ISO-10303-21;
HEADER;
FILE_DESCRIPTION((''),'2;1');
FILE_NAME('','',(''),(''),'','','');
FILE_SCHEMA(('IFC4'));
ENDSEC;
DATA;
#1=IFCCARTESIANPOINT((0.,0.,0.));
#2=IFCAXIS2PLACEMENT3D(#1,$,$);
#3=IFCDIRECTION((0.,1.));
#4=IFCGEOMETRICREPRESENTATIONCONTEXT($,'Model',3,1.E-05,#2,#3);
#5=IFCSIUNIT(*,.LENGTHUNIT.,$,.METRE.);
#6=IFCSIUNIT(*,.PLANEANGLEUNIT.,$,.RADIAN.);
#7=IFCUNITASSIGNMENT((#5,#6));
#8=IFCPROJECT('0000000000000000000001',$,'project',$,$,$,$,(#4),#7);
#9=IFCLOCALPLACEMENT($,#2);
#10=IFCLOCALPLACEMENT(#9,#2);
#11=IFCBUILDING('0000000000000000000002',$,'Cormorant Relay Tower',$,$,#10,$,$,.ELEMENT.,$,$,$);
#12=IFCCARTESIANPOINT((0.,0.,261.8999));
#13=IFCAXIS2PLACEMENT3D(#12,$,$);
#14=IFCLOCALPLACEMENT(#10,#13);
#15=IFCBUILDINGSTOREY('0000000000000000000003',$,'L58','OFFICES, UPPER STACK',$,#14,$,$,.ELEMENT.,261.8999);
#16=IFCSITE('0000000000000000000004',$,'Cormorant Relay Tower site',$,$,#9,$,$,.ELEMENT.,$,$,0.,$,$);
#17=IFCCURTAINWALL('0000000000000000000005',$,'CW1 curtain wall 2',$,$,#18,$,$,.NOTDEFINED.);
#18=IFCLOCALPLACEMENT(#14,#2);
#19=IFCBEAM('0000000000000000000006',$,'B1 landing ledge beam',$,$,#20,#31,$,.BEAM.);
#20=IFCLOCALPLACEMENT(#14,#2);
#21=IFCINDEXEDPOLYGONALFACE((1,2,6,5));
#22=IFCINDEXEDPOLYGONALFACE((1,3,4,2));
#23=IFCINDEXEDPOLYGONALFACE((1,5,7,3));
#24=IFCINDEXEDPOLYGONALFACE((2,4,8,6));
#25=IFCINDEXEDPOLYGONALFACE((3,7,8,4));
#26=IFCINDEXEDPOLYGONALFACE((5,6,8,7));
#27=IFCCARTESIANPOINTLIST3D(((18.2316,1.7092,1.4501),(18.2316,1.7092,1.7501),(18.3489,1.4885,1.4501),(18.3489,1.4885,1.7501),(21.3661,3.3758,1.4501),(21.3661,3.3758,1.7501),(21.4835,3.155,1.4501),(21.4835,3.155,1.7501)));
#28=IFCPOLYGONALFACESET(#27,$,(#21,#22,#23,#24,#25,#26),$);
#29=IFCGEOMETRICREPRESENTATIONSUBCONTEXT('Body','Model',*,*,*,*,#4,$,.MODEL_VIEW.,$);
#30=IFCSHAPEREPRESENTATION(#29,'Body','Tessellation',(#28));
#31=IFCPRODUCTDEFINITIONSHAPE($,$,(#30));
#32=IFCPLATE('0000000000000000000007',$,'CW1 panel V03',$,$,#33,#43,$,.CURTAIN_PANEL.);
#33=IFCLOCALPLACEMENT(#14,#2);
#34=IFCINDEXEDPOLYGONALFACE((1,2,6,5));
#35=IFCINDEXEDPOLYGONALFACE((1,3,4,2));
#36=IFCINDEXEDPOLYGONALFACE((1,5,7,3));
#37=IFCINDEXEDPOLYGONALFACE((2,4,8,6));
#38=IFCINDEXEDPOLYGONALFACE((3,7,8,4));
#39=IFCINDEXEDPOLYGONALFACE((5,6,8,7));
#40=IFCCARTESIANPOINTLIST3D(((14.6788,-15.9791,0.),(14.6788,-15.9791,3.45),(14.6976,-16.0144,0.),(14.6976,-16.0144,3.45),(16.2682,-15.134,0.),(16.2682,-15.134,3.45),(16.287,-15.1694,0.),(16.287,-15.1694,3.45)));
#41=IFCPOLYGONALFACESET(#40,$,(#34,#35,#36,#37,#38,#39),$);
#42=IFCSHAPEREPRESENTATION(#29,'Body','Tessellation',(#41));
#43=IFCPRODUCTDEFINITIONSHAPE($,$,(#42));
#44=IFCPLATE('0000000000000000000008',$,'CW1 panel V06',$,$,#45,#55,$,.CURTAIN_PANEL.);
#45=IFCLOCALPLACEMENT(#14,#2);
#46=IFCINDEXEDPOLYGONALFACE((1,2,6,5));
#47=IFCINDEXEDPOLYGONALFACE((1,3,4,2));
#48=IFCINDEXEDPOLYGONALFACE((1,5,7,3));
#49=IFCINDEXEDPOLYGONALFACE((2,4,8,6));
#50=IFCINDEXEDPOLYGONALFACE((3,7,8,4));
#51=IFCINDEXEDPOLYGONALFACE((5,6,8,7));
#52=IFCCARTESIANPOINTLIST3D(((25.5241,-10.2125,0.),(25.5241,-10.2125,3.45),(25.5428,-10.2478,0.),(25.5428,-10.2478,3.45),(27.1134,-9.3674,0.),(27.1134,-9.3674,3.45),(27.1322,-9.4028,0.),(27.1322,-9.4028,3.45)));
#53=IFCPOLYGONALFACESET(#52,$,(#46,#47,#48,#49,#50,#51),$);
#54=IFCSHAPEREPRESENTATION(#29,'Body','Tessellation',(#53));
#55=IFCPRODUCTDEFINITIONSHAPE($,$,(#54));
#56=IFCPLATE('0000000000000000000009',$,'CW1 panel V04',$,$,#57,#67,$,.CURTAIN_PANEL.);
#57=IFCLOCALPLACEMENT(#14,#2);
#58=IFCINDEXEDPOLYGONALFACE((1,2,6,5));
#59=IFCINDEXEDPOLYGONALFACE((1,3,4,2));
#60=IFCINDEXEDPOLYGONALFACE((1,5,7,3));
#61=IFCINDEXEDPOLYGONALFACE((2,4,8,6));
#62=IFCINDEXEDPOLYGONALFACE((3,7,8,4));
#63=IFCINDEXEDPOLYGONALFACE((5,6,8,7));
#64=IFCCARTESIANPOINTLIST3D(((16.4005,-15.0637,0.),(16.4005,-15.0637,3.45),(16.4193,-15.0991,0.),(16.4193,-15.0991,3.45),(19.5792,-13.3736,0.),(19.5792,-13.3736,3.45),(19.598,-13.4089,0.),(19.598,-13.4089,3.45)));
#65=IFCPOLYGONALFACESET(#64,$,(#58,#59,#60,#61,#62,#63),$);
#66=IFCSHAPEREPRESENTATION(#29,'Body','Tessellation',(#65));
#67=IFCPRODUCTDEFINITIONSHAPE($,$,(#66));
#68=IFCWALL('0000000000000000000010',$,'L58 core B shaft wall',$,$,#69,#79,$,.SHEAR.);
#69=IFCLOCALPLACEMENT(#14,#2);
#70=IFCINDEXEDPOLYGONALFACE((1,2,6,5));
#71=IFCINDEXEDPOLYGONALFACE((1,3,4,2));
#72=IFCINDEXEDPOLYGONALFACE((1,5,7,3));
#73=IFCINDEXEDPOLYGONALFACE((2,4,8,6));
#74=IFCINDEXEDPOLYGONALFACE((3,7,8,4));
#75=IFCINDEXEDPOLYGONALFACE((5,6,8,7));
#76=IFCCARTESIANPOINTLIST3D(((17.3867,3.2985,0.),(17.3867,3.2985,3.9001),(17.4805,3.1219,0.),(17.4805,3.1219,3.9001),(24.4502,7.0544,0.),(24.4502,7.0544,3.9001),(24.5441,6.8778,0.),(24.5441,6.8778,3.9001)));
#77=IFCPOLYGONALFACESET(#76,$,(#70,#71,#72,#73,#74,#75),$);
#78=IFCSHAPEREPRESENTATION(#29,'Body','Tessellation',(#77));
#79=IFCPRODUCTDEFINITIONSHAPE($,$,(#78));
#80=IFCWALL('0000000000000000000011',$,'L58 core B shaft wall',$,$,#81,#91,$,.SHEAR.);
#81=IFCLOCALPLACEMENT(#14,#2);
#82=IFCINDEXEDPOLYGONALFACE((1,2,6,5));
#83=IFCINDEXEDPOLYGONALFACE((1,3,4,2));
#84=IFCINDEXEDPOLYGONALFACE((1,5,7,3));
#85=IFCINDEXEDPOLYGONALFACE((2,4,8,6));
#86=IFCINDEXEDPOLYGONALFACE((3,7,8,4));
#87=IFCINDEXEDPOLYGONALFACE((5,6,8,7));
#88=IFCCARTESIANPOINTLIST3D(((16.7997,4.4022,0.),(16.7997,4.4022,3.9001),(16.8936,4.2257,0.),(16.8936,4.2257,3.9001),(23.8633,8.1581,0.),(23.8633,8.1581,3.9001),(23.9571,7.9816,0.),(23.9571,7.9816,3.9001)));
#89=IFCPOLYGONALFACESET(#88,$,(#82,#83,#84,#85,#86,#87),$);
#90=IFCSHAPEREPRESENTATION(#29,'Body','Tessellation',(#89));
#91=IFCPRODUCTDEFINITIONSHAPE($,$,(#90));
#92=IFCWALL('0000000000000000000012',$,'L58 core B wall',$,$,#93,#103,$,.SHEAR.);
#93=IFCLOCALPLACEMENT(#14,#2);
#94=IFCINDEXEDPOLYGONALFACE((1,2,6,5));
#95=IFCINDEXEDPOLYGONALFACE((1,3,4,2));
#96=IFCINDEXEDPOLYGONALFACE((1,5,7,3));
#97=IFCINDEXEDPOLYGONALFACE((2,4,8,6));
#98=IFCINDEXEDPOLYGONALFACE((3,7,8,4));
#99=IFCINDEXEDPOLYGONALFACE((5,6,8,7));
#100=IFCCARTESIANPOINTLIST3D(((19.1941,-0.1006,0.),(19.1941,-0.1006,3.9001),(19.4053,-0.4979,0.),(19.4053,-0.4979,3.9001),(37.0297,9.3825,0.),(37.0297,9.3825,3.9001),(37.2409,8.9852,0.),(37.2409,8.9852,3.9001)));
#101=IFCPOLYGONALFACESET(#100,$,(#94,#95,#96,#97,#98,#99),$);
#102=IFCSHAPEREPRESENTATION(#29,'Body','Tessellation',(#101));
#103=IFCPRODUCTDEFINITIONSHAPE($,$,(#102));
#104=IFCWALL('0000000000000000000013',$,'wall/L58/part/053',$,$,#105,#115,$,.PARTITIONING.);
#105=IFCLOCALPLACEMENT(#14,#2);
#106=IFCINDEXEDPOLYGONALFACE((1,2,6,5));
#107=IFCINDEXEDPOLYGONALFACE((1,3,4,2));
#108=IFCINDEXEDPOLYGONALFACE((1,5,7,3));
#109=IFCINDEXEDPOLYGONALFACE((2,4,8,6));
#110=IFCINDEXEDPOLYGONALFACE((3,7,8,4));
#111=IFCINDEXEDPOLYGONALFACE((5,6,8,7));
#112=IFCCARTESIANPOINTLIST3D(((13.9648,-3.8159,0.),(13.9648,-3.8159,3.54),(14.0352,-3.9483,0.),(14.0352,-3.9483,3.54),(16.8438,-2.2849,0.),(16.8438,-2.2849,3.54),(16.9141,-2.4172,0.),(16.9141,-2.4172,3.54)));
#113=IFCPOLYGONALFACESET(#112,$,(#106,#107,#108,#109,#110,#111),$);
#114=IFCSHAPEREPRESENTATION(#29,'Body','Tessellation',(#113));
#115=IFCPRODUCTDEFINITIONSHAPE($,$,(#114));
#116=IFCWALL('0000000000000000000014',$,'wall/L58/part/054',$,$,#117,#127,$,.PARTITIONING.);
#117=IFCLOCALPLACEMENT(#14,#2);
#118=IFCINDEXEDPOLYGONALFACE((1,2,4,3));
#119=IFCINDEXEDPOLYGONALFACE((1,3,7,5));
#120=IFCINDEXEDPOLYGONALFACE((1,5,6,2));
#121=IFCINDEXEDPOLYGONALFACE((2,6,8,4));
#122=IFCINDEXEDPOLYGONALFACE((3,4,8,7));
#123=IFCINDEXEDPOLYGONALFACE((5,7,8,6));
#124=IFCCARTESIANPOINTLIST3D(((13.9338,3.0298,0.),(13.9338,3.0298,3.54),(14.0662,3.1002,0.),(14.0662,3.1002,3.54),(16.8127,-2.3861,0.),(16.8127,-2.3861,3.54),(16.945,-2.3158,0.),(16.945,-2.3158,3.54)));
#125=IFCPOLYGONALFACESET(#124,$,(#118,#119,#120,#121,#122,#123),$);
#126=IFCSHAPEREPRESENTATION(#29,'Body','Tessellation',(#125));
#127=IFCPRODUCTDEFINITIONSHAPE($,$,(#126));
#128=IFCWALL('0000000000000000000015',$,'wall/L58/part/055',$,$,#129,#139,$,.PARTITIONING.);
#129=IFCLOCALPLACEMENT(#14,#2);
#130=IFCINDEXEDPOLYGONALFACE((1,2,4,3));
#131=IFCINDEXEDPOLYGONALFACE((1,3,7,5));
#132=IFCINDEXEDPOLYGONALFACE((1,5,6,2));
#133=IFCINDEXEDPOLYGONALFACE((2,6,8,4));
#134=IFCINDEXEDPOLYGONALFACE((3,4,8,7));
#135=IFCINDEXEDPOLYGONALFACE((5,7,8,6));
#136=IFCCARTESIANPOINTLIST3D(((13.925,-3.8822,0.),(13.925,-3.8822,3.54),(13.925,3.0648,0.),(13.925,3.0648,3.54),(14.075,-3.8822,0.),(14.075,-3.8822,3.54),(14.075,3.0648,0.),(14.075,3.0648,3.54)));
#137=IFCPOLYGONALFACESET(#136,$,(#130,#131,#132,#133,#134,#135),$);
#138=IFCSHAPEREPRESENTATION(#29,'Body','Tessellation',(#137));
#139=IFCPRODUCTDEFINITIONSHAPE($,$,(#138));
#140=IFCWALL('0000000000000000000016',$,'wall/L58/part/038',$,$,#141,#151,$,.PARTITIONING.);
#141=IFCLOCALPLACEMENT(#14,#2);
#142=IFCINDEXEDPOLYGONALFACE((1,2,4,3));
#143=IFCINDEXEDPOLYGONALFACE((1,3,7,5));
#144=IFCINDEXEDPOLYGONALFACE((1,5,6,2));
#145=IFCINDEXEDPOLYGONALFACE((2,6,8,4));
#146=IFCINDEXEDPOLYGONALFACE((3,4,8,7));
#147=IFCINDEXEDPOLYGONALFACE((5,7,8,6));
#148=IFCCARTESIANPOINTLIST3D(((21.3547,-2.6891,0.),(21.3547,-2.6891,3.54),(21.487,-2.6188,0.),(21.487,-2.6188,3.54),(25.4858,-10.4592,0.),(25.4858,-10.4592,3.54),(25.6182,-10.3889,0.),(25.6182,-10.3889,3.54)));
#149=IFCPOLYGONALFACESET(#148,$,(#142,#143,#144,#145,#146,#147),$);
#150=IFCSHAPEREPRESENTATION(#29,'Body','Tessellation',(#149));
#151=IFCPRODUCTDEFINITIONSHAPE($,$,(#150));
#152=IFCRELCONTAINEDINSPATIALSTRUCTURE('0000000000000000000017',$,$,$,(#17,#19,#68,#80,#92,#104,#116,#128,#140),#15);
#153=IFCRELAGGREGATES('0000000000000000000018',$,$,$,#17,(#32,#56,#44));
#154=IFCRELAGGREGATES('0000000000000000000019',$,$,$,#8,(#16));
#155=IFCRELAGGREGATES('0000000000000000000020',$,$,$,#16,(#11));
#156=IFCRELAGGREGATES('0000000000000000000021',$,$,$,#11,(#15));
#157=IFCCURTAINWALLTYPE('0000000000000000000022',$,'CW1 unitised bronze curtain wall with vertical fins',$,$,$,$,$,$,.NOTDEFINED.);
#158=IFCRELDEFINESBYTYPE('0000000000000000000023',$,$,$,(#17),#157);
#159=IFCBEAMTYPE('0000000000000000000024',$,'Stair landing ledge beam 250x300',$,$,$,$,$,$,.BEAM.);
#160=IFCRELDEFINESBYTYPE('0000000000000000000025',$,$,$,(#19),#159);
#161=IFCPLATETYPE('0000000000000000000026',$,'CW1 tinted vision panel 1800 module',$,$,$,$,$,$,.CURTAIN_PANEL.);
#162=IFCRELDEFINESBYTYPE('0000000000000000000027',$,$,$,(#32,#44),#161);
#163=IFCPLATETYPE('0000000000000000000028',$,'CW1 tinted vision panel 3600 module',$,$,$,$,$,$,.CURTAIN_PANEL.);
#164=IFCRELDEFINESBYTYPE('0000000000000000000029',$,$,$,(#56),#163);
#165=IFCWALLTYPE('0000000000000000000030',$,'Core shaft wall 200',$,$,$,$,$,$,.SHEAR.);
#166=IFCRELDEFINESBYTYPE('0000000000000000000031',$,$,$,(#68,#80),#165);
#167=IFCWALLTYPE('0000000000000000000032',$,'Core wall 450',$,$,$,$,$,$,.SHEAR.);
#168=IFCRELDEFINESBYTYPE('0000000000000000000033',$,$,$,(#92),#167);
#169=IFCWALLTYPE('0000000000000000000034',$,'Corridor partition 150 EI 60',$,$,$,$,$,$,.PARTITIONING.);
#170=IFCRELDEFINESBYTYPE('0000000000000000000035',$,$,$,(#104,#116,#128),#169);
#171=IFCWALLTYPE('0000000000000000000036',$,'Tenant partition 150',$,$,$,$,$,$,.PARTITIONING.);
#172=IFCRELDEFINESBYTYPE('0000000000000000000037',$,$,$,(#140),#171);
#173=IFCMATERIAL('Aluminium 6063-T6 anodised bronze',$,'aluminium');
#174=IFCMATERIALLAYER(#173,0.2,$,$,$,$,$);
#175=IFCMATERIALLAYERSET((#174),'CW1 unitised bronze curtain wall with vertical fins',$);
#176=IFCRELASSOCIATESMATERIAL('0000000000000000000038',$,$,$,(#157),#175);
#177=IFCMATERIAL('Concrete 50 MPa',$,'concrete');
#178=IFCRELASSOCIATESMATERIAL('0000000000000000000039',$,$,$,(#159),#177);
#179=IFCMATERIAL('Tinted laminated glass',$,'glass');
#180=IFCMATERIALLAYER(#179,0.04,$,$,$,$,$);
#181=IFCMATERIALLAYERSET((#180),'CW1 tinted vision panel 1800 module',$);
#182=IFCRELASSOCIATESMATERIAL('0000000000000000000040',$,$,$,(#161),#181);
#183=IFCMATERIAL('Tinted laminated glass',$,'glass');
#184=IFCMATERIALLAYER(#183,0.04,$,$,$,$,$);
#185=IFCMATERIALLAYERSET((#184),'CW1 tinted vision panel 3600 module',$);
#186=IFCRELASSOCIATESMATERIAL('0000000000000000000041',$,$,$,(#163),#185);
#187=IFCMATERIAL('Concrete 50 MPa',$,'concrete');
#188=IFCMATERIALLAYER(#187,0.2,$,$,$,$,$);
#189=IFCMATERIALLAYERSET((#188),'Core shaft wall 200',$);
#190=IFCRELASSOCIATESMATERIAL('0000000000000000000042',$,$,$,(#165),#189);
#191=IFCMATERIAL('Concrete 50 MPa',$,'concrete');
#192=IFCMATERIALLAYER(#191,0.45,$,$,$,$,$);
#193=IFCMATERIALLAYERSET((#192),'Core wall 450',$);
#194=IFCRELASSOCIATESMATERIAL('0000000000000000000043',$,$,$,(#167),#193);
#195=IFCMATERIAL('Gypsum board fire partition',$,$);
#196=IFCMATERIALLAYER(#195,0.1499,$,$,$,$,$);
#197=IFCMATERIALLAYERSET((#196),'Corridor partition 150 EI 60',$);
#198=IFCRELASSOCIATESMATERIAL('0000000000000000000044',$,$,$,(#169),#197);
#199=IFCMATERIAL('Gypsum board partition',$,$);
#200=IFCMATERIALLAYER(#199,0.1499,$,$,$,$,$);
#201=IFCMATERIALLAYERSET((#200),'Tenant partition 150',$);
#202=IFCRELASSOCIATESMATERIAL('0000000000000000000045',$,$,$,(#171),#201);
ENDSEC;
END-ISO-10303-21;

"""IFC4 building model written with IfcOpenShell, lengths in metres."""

from ifc_helpers import new_model, si_unit, direction, frame, frame_2d, origin, origin_2d, place, context, subcontext, project, spatial, rectangle, extrude, material, layer, layer_set, material_profile, profile_set, type_object, element, aggregate, save


model = new_model("IFC4")

# Units and contexts
model_context = context("Model", 3, precision=1e-05, world=origin(), true_north=direction((0.0, 1.0)))
body_context = subcontext(model_context, "Body", "Model", "MODEL_VIEW")
ifc_project = project(units=[si_unit("LENGTHUNIT", "METRE"), si_unit("PLANEANGLEUNIT", "RADIAN")], contexts=[model_context])

# Site, building, storey
site_placement = place(None, origin())
site = spatial("IfcSite", under=ifc_project, at=site_placement, Name="Cormorant Relay Tower site", CompositionType="ELEMENT", RefElevation=0.0)
building_placement = place(site_placement, origin())
building = spatial("IfcBuilding", under=site, at=building_placement, Name="Cormorant Relay Tower", CompositionType="ELEMENT")
storey_placement = place(building_placement, frame((0.0, 0.0, 261.8999)))
storey = spatial("IfcBuildingStorey", under=building, at=storey_placement, Name="L58", Description="OFFICES, UPPER STACK", CompositionType="ELEMENT", Elevation=261.8999)

# Curtain wall
ifc_material_1 = material(Name="Aluminium 6063-T6 anodised bronze", Category="aluminium")
ifc_layer_1 = layer(ifc_material_1, 0.2)
ifc_layer_set_1 = layer_set([ifc_layer_1], Name="CW1 unitised bronze curtain wall with vertical fins")
curtain_wall_type = type_object("IfcCurtainWallType", Name="CW1 unitised bronze curtain wall with vertical fins", PredefinedType="NOTDEFINED", material=ifc_layer_set_1)
curtain_wall_placement = place(storey_placement, origin())
curtain_wall = element("IfcCurtainWall", 1, at=curtain_wall_placement, inside=storey, type_object=curtain_wall_type, Name="CW1 curtain wall 2", PredefinedType="NOTDEFINED")

# Beam
ifc_material_2 = material(Name="Concrete 50 MPa", Category="concrete")
ifc_material_profile_1 = material_profile(ifc_material_2, rectangle(XDim=0.25, YDim=0.3, at=origin_2d()), Name="RC 250x300")
ifc_profile_set_1 = profile_set([ifc_material_profile_1], Name="Concrete 50 MPa")
beam_type_1 = type_object("IfcBeamType", Name="Stair landing ledge beam 250x300", PredefinedType="BEAM", material=ifc_profile_set_1)
beam_1_placement = place(storey_placement, frame((21.4248, 3.2654, 1.6001), z_axis=(-0.882965, -0.469438, 0.0), x_axis=(0.469438, -0.882965, 0.0)))
element("IfcBeam", 2, at=beam_1_placement, inside=storey, type_object=beam_type_1, Name="B1 landing ledge beam", PredefinedType="BEAM", context=body_context, shape_type="SweptSolid", body=[
    extrude(rectangle(XDim=0.25, YDim=0.3, at=origin_2d()), origin(), (0.0, 0.0, 1.0), 3.55),
])

# Plates
ifc_material_3 = material(Name="Tinted laminated glass", Category="glass")
ifc_layer_2 = layer(ifc_material_3, 0.04)
ifc_layer_set_2 = layer_set([ifc_layer_2], Name="CW1 tinted vision panel 1800 module")
plate_type_1 = type_object("IfcPlateType", Name="CW1 tinted vision panel 1800 module", PredefinedType="CURTAIN_PANEL", material=ifc_layer_set_2)
plate_1_placement = place(storey_placement, frame((15.4829, -15.5742, 0.0), z_axis=(0.0, 0.0, 1.0), x_axis=(0.882948, 0.469472, 0.0)))
plate_1 = element("IfcPlate", 3, at=plate_1_placement, type_object=plate_type_1, Name="CW1 panel V03", PredefinedType="CURTAIN_PANEL", context=body_context, shape_type="SweptSolid", body=[
    extrude(rectangle(XDim=1.8, YDim=0.04, at=origin_2d()), origin(), (0.0, 0.0, 1.0), 3.45),
])
plate_2_placement = place(storey_placement, frame((26.3281, -9.8076, 0.0), z_axis=(0.0, 0.0, 1.0), x_axis=(0.882948, 0.469472, 0.0)))
plate_2 = element("IfcPlate", 4, at=plate_2_placement, type_object=plate_type_1, Name="CW1 panel V06", PredefinedType="CURTAIN_PANEL", context=body_context, shape_type="SweptSolid", body=[
    extrude(rectangle(XDim=1.8, YDim=0.04, at=origin_2d()), origin(), (0.0, 0.0, 1.0), 3.45),
])
ifc_material_4 = material(Name="Tinted laminated glass", Category="glass")
ifc_layer_3 = layer(ifc_material_4, 0.04)
ifc_layer_set_3 = layer_set([ifc_layer_3], Name="CW1 tinted vision panel 3600 module")
plate_type_2 = type_object("IfcPlateType", Name="CW1 tinted vision panel 3600 module", PredefinedType="CURTAIN_PANEL", material=ifc_layer_set_3)
plate_3_placement = place(storey_placement, frame((17.9993, -14.2363, 0.0), z_axis=(0.0, 0.0, 1.0), x_axis=(0.882948, 0.469472, 0.0)))
plate_3 = element("IfcPlate", 5, at=plate_3_placement, type_object=plate_type_2, Name="CW1 panel V04", PredefinedType="CURTAIN_PANEL", context=body_context, shape_type="SweptSolid", body=[
    extrude(rectangle(XDim=3.6001, YDim=0.04, at=origin_2d()), origin(), (0.0, 0.0, 1.0), 3.45),
])

# Walls
ifc_material_5 = material(Name="Concrete 50 MPa", Category="concrete")
ifc_layer_4 = layer(ifc_material_5, 0.2)
ifc_layer_set_4 = layer_set([ifc_layer_4], Name="Core shaft wall 200")
wall_type_1 = type_object("IfcWallType", Name="Core shaft wall 200", PredefinedType="SHEAR", material=ifc_layer_set_4)
for number, where, z_axis, x_axis, name in (
    (6, (17.4336, 3.2102, 0.0), (0.0, 0.0, 1.0), (0.88294, 0.469485, 0.0), "L58 core B shaft wall"),
    (7, (16.8467, 4.314, 0.0), (0.0, 0.0, 1.0), (0.88294, 0.469485, 0.0), "L58 core B shaft wall"),
):
    element("IfcWall", number, at=place(storey_placement, frame(where, z_axis=z_axis, x_axis=x_axis)), inside=storey, type_object=wall_type_1, Name=name, PredefinedType="SHEAR", context=body_context, shape_type="SweptSolid", body=[
        extrude(rectangle(XDim=8.0, YDim=0.2, at=frame_2d((4.0, 0.0))), origin(), (0.0, 0.0, 1.0), 3.9001),
    ])

# Shared definitions
ifc_material_6 = material(Name="Concrete 50 MPa", Category="concrete")
ifc_layer_5 = layer(ifc_material_6, 0.45)
ifc_layer_set_5 = layer_set([ifc_layer_5], Name="Core wall 450")
wall_type_2 = type_object("IfcWallType", Name="Core wall 450", PredefinedType="SHEAR", material=ifc_layer_set_5)

# Walls
wall_1_placement = place(storey_placement, frame((19.2996, -0.2993, 0.0), z_axis=(0.0, 0.0, 1.0), x_axis=(0.882953, 0.469462, 0.0)))
element("IfcWall", 8, at=wall_1_placement, inside=storey, type_object=wall_type_2, Name="L58 core B wall", PredefinedType="SHEAR", context=body_context, shape_type="SweptSolid", body=[
    extrude(rectangle(XDim=20.2, YDim=0.45, at=frame_2d((10.1001, 0.0))), origin(), (0.0, 0.0, 1.0), 3.9001),
])
ifc_material_7 = material(Name="Gypsum board fire partition")
ifc_layer_6 = layer(ifc_material_7, 0.1499)
ifc_layer_set_6 = layer_set([ifc_layer_6], Name="Corridor partition 150 EI 60")
wall_type_3 = type_object("IfcWallType", Name="Corridor partition 150 EI 60", PredefinedType="PARTITIONING", material=ifc_layer_set_6)
wall_2_placement = place(storey_placement, frame((14.0, -3.8821, 0.0), z_axis=(0.0, 0.0, 1.0), x_axis=(0.882914, 0.469535, 0.0)))
element("IfcWall", 9, at=wall_2_placement, inside=storey, type_object=wall_type_3, Name="wall/L58/part/053", PredefinedType="PARTITIONING", context=body_context, shape_type="SweptSolid", body=[
    extrude(rectangle(XDim=3.2607, YDim=0.1499, at=frame_2d((1.6304, 0.0))), origin(), (0.0, 0.0, 1.0), 3.54),
])
wall_3_placement = place(storey_placement, frame((16.8789, -2.3511, 0.0), z_axis=(0.0, 0.0, 1.0), x_axis=(-0.469365, 0.883004, 0.0)))
element("IfcWall", 10, at=wall_3_placement, inside=storey, type_object=wall_type_3, Name="wall/L58/part/054", PredefinedType="PARTITIONING", context=body_context, shape_type="SweptSolid", body=[
    extrude(rectangle(XDim=6.1335, YDim=0.1499, at=frame_2d((3.0669, 0.0))), origin(), (0.0, 0.0, 1.0), 3.54),
])
wall_4_placement = place(storey_placement, frame((14.0, 3.0649, 0.0), z_axis=(0.0, 0.0, 1.0), x_axis=(0.0, -1.0, 0.0)))
element("IfcWall", 11, at=wall_4_placement, inside=storey, type_object=wall_type_3, Name="wall/L58/part/055", PredefinedType="PARTITIONING", context=body_context, shape_type="SweptSolid", body=[
    extrude(rectangle(XDim=6.947, YDim=0.1499, at=frame_2d((3.4736, 0.0))), origin(), (0.0, 0.0, 1.0), 3.54),
])
ifc_material_8 = material(Name="Gypsum board partition")
ifc_layer_7 = layer(ifc_material_8, 0.1499)
ifc_layer_set_7 = layer_set([ifc_layer_7], Name="Tenant partition 150")
wall_type_4 = type_object("IfcWallType", Name="Tenant partition 150", PredefinedType="PARTITIONING", material=ifc_layer_set_7)
wall_5_placement = place(storey_placement, frame((21.4209, -2.6541, 0.0), z_axis=(0.0, 0.0, 1.0), x_axis=(0.469446, -0.882961, 0.0)))
element("IfcWall", 12, at=wall_5_placement, inside=storey, type_object=wall_type_4, Name="wall/L58/part/038", PredefinedType="PARTITIONING", context=body_context, shape_type="SweptSolid", body=[
    extrude(rectangle(XDim=8.8, YDim=0.1499, at=frame_2d((4.3999, 0.0))), origin(), (0.0, 0.0, 1.0), 3.54),
])

aggregate(curtain_wall, [plate_1, plate_3, plate_2])

save(model, "model.ifc")
